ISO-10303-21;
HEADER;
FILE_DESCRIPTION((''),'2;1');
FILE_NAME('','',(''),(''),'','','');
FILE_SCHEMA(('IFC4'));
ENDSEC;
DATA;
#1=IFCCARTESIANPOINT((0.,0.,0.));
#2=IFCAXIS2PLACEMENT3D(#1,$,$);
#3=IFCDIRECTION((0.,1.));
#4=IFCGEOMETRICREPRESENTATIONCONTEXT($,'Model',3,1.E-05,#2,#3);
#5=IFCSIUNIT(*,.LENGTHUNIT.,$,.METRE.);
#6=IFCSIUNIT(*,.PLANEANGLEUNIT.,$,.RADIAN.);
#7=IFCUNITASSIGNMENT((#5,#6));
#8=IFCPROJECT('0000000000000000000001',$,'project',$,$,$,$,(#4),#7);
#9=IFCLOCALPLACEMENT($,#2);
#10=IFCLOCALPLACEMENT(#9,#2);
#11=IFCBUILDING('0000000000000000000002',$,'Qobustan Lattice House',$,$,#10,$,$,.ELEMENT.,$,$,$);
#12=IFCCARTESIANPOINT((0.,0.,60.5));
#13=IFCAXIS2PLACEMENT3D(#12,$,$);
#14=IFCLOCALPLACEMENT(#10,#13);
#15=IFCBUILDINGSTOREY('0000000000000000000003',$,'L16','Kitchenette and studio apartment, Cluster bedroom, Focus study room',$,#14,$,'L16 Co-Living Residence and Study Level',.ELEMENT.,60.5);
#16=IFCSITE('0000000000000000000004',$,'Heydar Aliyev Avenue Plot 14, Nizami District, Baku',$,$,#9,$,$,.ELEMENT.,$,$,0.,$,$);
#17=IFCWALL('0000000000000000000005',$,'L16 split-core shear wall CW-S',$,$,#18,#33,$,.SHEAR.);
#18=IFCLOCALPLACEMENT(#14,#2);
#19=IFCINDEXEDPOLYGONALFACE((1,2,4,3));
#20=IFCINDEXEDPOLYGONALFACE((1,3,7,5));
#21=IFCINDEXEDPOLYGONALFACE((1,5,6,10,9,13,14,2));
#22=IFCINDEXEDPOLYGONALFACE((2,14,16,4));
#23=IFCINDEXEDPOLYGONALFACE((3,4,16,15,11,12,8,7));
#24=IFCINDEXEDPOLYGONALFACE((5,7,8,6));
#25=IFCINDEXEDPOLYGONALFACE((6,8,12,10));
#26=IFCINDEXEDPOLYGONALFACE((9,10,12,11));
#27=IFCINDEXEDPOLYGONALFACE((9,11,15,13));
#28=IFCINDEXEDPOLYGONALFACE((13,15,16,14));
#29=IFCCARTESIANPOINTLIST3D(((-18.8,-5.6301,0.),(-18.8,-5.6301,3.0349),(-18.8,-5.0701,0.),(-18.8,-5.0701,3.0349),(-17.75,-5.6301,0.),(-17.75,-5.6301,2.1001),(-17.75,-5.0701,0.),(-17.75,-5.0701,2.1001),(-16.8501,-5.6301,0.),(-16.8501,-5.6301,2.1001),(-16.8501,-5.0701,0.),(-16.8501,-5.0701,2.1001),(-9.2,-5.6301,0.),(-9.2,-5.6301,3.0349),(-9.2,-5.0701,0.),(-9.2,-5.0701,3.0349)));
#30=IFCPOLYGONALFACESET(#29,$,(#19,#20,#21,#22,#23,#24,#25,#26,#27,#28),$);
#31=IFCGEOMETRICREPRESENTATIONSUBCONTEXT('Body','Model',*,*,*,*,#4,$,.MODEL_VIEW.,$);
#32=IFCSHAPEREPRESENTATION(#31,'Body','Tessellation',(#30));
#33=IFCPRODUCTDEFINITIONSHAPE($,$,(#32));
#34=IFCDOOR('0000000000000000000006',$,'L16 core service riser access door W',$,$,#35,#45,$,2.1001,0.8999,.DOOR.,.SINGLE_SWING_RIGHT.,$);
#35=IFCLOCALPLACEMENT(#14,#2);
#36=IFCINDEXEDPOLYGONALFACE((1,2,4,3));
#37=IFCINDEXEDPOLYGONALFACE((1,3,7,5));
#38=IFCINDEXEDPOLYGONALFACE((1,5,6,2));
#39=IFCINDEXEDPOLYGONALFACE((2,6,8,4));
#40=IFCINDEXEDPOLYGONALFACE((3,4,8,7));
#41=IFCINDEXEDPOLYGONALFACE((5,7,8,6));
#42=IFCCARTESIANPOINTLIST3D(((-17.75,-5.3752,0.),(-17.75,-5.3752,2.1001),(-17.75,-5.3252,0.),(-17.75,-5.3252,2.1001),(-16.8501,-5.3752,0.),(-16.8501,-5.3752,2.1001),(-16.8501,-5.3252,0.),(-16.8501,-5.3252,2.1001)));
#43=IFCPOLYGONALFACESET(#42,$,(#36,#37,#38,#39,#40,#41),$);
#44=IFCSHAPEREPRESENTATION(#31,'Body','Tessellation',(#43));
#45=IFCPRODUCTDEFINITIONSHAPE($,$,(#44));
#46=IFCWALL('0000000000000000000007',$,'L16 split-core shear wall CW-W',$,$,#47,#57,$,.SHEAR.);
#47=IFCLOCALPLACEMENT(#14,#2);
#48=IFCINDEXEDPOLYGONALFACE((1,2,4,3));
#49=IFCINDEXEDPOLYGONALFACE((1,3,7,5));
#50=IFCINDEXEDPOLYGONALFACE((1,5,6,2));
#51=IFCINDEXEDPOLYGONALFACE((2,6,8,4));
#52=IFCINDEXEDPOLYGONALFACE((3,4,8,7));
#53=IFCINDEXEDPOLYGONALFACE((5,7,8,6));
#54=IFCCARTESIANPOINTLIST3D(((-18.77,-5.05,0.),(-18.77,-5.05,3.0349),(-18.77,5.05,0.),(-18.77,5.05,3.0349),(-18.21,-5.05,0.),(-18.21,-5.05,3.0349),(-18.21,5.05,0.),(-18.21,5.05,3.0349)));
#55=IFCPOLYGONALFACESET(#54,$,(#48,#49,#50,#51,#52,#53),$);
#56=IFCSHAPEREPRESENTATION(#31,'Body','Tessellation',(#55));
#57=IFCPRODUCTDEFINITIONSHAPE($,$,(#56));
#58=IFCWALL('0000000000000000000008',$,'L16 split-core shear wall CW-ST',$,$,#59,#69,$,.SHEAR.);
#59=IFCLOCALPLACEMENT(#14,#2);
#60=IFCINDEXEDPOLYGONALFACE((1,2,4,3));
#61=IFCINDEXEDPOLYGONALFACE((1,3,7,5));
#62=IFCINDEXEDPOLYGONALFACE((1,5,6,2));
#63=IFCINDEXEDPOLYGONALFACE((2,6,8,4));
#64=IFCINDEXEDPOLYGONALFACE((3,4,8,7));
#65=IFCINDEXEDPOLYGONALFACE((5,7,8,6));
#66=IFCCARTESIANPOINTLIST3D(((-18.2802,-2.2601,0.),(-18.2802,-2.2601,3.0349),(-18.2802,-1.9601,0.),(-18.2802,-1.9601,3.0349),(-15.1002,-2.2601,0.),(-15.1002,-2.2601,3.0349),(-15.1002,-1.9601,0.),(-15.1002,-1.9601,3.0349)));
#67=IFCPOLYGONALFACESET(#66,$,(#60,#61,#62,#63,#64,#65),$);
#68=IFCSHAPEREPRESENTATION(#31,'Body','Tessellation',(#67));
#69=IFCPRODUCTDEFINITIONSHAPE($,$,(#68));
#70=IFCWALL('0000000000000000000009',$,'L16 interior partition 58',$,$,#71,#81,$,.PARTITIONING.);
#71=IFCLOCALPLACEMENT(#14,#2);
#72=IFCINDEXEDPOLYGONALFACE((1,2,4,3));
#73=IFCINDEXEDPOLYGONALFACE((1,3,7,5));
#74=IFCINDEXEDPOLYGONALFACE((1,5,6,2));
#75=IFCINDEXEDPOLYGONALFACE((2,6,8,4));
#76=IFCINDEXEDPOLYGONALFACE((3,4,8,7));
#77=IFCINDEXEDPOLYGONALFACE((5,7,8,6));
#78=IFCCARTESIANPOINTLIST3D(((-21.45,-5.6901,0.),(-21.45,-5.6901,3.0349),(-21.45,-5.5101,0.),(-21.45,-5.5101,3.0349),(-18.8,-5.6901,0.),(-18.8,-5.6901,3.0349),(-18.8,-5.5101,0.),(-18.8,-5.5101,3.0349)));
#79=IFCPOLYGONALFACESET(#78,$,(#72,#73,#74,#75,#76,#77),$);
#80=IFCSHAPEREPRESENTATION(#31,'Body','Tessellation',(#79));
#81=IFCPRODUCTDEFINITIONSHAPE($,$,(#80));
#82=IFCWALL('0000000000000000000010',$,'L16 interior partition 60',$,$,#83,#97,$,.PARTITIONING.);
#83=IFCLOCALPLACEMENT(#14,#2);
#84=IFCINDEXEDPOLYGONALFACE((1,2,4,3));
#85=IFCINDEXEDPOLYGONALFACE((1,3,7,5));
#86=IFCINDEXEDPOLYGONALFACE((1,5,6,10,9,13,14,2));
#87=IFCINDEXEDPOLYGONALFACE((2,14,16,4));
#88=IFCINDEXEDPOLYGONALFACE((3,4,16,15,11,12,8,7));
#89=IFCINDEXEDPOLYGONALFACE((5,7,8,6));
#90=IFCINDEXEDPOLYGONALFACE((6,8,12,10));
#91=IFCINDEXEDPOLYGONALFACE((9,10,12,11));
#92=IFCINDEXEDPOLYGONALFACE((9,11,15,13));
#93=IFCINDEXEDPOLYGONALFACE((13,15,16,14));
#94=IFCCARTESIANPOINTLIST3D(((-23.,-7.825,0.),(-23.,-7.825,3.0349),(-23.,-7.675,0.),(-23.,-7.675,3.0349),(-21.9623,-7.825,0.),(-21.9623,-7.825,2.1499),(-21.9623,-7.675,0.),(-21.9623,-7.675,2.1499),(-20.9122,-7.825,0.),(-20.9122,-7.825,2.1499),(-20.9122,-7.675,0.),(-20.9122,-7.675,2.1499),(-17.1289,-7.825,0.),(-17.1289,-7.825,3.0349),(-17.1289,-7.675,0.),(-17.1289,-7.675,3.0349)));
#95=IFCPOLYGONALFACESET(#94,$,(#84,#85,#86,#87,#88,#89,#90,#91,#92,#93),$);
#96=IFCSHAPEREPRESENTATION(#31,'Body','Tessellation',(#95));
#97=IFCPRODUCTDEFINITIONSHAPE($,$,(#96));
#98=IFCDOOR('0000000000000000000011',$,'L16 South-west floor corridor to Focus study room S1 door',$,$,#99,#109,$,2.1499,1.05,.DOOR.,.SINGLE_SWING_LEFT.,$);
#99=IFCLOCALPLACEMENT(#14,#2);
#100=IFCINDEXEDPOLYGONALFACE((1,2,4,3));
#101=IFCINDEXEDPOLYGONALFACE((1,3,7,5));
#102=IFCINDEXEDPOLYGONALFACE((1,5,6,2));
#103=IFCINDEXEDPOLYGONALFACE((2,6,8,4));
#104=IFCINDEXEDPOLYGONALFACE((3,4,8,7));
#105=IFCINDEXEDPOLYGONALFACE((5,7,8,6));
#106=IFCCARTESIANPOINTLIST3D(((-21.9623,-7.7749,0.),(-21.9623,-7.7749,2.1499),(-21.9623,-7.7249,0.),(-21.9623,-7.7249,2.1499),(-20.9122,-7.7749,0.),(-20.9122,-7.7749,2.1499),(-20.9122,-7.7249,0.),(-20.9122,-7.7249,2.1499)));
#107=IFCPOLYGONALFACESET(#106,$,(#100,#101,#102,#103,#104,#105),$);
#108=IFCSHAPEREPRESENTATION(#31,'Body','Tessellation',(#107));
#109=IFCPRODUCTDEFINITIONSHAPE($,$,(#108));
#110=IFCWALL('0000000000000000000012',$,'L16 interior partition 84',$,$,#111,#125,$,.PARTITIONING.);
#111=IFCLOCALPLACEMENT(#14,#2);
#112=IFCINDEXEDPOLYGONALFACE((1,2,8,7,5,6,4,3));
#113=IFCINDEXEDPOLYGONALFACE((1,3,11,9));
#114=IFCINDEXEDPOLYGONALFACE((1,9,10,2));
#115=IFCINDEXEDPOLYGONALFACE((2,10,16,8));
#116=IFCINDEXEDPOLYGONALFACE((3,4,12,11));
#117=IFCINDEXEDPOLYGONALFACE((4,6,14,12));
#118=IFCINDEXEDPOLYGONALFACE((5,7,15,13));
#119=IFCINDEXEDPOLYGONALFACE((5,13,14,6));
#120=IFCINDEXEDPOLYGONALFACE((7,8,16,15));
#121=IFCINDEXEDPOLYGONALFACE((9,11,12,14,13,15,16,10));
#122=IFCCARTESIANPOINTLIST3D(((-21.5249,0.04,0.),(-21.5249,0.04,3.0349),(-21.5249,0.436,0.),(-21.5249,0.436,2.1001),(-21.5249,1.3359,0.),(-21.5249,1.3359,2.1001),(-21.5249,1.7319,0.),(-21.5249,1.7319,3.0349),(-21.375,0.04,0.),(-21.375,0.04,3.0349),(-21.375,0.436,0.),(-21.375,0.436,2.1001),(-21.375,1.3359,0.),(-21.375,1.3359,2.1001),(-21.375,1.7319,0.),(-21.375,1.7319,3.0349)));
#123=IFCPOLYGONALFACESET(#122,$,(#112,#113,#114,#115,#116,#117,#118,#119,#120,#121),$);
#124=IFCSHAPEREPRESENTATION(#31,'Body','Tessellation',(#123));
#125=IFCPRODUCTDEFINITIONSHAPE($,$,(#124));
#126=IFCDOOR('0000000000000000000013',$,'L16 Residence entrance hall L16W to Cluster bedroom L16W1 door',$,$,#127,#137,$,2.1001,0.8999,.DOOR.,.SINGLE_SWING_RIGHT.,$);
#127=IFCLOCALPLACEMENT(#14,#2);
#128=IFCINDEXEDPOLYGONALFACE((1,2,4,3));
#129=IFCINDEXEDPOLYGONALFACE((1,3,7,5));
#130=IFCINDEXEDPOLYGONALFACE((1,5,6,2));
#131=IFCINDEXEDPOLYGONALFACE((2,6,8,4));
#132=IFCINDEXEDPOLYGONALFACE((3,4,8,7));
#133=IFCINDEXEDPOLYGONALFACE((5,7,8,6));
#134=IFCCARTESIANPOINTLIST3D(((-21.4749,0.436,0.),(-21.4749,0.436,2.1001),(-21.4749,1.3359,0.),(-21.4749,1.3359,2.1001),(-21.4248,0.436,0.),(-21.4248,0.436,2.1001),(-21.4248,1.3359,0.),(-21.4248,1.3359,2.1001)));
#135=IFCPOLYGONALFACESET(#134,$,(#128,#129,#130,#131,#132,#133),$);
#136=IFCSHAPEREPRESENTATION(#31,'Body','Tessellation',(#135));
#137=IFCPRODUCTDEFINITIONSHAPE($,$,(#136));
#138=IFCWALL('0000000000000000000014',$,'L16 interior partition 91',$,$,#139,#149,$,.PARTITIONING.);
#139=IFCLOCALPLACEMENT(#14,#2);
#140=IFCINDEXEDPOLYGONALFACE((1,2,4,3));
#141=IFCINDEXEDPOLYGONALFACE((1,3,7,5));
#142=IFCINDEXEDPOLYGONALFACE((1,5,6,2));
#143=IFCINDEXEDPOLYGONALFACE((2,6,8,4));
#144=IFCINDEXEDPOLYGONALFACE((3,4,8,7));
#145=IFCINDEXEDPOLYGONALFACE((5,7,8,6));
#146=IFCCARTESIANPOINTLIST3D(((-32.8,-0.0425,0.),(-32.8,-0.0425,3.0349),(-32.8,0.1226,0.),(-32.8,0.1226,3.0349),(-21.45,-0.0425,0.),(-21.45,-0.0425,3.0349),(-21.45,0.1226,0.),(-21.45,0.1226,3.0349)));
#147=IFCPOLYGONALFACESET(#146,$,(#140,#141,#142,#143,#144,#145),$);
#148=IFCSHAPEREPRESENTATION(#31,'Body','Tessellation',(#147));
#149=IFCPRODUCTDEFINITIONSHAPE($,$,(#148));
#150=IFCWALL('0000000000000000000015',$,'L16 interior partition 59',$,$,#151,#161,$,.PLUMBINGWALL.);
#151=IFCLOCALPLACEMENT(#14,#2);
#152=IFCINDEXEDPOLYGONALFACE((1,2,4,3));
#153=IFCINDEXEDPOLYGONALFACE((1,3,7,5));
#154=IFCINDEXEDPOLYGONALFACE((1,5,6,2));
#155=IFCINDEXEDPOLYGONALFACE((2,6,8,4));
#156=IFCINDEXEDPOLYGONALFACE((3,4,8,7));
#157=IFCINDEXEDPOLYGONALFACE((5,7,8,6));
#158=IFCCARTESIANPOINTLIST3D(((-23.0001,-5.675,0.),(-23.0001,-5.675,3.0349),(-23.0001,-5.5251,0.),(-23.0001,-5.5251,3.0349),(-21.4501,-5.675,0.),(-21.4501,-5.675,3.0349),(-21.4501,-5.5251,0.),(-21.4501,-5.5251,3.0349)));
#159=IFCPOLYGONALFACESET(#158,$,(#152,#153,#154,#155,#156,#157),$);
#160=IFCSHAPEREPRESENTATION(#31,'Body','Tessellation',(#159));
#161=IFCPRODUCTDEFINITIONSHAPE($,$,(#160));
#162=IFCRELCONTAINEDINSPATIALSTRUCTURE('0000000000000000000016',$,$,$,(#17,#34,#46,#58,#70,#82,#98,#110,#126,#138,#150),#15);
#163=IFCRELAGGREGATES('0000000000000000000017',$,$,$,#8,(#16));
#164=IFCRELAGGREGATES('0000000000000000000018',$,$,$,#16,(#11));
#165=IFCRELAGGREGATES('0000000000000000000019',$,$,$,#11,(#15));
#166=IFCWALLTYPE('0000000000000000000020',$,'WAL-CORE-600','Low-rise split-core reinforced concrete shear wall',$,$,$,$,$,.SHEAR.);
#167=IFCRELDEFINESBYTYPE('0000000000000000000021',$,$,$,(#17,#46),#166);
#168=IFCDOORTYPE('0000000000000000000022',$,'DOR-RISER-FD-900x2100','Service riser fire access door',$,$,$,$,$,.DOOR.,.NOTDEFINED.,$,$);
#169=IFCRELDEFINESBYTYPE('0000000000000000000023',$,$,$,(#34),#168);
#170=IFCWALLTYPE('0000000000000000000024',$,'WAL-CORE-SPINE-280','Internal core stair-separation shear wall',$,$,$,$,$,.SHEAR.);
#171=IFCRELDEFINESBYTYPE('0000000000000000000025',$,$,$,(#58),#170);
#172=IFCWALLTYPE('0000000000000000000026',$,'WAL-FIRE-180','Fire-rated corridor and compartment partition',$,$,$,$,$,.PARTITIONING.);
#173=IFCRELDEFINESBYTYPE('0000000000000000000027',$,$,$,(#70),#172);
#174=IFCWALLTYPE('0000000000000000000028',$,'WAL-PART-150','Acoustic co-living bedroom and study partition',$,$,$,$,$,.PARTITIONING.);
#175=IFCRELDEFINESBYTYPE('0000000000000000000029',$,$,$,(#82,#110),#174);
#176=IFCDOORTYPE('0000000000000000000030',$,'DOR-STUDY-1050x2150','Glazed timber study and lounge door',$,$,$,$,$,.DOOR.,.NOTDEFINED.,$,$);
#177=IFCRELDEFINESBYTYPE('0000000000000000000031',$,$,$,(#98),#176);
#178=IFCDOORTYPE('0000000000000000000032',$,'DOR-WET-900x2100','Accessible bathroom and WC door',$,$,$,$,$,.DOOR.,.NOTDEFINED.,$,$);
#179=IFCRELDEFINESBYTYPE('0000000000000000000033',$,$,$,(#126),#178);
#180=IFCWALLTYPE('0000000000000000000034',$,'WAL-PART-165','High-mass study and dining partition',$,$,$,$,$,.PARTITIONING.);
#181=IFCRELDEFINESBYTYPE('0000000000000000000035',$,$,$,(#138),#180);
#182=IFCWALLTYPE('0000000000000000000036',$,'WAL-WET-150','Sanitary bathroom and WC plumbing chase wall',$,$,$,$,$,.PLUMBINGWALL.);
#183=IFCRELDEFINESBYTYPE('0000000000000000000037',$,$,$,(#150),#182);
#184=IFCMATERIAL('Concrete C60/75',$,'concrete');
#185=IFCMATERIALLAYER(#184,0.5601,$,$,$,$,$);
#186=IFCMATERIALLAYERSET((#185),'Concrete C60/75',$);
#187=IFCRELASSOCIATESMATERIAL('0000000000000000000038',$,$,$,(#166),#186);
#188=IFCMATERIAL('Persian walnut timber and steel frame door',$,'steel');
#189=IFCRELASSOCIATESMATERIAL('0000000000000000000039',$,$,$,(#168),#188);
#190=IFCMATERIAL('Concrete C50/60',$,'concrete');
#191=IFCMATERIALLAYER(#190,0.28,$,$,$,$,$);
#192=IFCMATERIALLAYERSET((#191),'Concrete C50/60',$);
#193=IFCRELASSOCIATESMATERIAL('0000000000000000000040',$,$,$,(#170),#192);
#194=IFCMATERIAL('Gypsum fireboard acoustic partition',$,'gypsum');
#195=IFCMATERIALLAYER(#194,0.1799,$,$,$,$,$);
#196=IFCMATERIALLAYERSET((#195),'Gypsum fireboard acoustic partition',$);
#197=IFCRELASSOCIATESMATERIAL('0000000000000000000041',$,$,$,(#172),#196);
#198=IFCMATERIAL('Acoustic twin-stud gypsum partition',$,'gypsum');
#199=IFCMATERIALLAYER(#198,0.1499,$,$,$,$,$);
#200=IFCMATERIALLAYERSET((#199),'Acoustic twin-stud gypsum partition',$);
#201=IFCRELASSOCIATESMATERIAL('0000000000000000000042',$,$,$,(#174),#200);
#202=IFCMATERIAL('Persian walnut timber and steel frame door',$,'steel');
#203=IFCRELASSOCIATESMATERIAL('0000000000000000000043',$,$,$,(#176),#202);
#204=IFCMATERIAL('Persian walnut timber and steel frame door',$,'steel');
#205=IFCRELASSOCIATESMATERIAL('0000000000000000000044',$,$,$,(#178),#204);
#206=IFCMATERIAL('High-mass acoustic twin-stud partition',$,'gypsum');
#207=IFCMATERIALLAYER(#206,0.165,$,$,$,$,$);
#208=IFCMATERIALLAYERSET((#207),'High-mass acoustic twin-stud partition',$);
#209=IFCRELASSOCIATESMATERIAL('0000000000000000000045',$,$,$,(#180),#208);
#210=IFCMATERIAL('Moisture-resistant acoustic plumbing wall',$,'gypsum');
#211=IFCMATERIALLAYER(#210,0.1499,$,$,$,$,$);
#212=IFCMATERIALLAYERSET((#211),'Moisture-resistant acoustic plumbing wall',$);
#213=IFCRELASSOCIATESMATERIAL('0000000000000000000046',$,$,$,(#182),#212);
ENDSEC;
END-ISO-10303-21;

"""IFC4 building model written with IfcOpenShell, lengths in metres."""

from ifc_helpers import new_model, si_unit, direction, frame, frame_2d, origin, place, context, subcontext, project, spatial, rectangle, extrude, material, layer, layer_set, type_object, element, fill, save


model = new_model("IFC4")

# Units and contexts
model_context = context("Model", 3, precision=1e-05, world=origin(), true_north=direction((0.0, 1.0)))
body_context = subcontext(model_context, "Body", "Model", "MODEL_VIEW")
ifc_project = project(units=[si_unit("LENGTHUNIT", "METRE"), si_unit("PLANEANGLEUNIT", "RADIAN")], contexts=[model_context])

# Site, building, storey
site_placement = place(None, origin())
site = spatial("IfcSite", under=ifc_project, at=site_placement, Name="Heydar Aliyev Avenue Plot 14, Nizami District, Baku", CompositionType="ELEMENT", RefElevation=0.0)
building_placement = place(site_placement, origin())
building = spatial("IfcBuilding", under=site, at=building_placement, Name="Qobustan Lattice House", CompositionType="ELEMENT")
storey_placement = place(building_placement, frame((0.0, 0.0, 60.5)))
storey = spatial("IfcBuildingStorey", under=building, at=storey_placement, Name="L16", Description="Kitchenette and studio apartment, Cluster bedroom, Focus study room", LongName="L16 Co-Living Residence and Study Level", CompositionType="ELEMENT", Elevation=60.5)

# Wall, opening, door
ifc_material_1 = material(Name="Concrete C60/75", Category="concrete")
ifc_layer_1 = layer(ifc_material_1, 0.5601)
ifc_layer_set_1 = layer_set([ifc_layer_1], Name="Concrete C60/75")
wall_type_1 = type_object("IfcWallType", Name="WAL-CORE-600", Description="Low-rise split-core reinforced concrete shear wall", PredefinedType="SHEAR", material=ifc_layer_set_1)
wall_1_placement = place(storey_placement, frame((-18.8, -5.3501, 0.0), z_axis=(0.0, 0.0, 1.0), x_axis=(1.0, 0.0, 0.0)))
wall_1 = element("IfcWall", 1, at=wall_1_placement, inside=storey, type_object=wall_type_1, Name="L16 split-core shear wall CW-S", PredefinedType="SHEAR", context=body_context, shape_type="SweptSolid", body=[
    extrude(rectangle(XDim=9.6001, YDim=0.5601, at=frame_2d((4.8, 0.0))), origin(), (0.0, 0.0, 1.0), 3.0349),
])
opening_1_placement = place(wall_1_placement, frame((1.05, 0.0, 0.0)))
opening_1 = element("IfcOpeningElement", 2, at=opening_1_placement, cuts=wall_1, PredefinedType="OPENING", context=body_context, shape_type="SweptSolid", body=[
    extrude(rectangle(XDim=0.8999, YDim=2.1001, at=frame_2d((0.45, 1.05))), frame((0.0, 0.29, 0.0), z_axis=(0.0, -1.0, 0.0), x_axis=(1.0, 0.0, 0.0)), (0.0, 0.0, 1.0), 0.5801),
])
ifc_material_2 = material(Name="Persian walnut timber and steel frame door", Category="steel")
door_type_1 = type_object("IfcDoorType", Name="DOR-RISER-FD-900x2100", Description="Service riser fire access door", OperationType="NOTDEFINED", PredefinedType="DOOR", material=ifc_material_2)
door_1_placement = place(opening_1_placement, origin())
door_1 = element("IfcDoor", 3, at=door_1_placement, inside=storey, type_object=door_type_1, Name="L16 core service riser access door W", OperationType="SINGLE_SWING_RIGHT", OverallHeight=2.1001, OverallWidth=0.8999, PredefinedType="DOOR", context=body_context, shape_type="SweptSolid", body=[
    extrude(rectangle(XDim=0.8999, YDim=2.1001, at=frame_2d((0.45, 1.05))), frame((0.0, 0.0249, 0.0), z_axis=(0.0, -1.0, 0.0), x_axis=(1.0, 0.0, 0.0)), (0.0, 0.0, 1.0), 0.05),
])
fill(opening_1, door_1)

# Walls
wall_2_placement = place(storey_placement, frame((-18.49, -5.05, 0.0), z_axis=(0.0, 0.0, 1.0), x_axis=(0.0, 1.0, 0.0)))
element("IfcWall", 4, at=wall_2_placement, inside=storey, type_object=wall_type_1, Name="L16 split-core shear wall CW-W", PredefinedType="SHEAR", context=body_context, shape_type="SweptSolid", body=[
    extrude(rectangle(XDim=10.1001, YDim=0.5601, at=frame_2d((5.05, 0.0))), origin(), (0.0, 0.0, 1.0), 3.0349),
])
ifc_material_3 = material(Name="Concrete C50/60", Category="concrete")
ifc_layer_2 = layer(ifc_material_3, 0.28)
ifc_layer_set_2 = layer_set([ifc_layer_2], Name="Concrete C50/60")
wall_type_2 = type_object("IfcWallType", Name="WAL-CORE-SPINE-280", Description="Internal core stair-separation shear wall", PredefinedType="SHEAR", material=ifc_layer_set_2)
wall_3_placement = place(storey_placement, frame((-18.28, -2.1101, 0.0), z_axis=(0.0, 0.0, 1.0), x_axis=(1.0, 0.0, 0.0)))
element("IfcWall", 5, at=wall_3_placement, inside=storey, type_object=wall_type_2, Name="L16 split-core shear wall CW-ST", PredefinedType="SHEAR", context=body_context, shape_type="SweptSolid", body=[
    extrude(rectangle(XDim=3.1799, YDim=0.3, at=frame_2d((1.5898, 0.0))), origin(), (0.0, 0.0, 1.0), 3.0349),
])
ifc_material_4 = material(Name="Gypsum fireboard acoustic partition", Category="gypsum")
ifc_layer_3 = layer(ifc_material_4, 0.1799)
ifc_layer_set_3 = layer_set([ifc_layer_3], Name="Gypsum fireboard acoustic partition")
wall_type_3 = type_object("IfcWallType", Name="WAL-FIRE-180", Description="Fire-rated corridor and compartment partition", PredefinedType="PARTITIONING", material=ifc_layer_set_3)
wall_4_placement = place(storey_placement, frame((-21.45, -5.6001, 0.0), z_axis=(0.0, 0.0, 1.0), x_axis=(1.0, 0.0, 0.0)))
element("IfcWall", 6, at=wall_4_placement, inside=storey, type_object=wall_type_3, Name="L16 interior partition 58", PredefinedType="PARTITIONING", context=body_context, shape_type="SweptSolid", body=[
    extrude(rectangle(XDim=2.6499, YDim=0.1799, at=frame_2d((1.325, 0.0))), origin(), (0.0, 0.0, 1.0), 3.0349),
])

# Walls, openings, doors
ifc_material_5 = material(Name="Acoustic twin-stud gypsum partition", Category="gypsum")
ifc_layer_4 = layer(ifc_material_5, 0.1499)
ifc_layer_set_4 = layer_set([ifc_layer_4], Name="Acoustic twin-stud gypsum partition")
wall_type_4 = type_object("IfcWallType", Name="WAL-PART-150", Description="Acoustic co-living bedroom and study partition", PredefinedType="PARTITIONING", material=ifc_layer_set_4)
wall_5_placement = place(storey_placement, frame((-17.1289, -7.75, 0.0), z_axis=(0.0, 0.0, 1.0), x_axis=(-1.0, 0.0, 0.0)))
wall_5 = element("IfcWall", 7, at=wall_5_placement, inside=storey, type_object=wall_type_4, Name="L16 interior partition 60", PredefinedType="PARTITIONING", context=body_context, shape_type="SweptSolid", body=[
    extrude(rectangle(XDim=5.8711, YDim=0.1499, at=frame_2d((2.9355, 0.0))), origin(), (0.0, 0.0, 1.0), 3.0349),
])
opening_2_placement = place(wall_5_placement, frame((3.7834, 0.0, 0.0)))
opening_2 = element("IfcOpeningElement", 8, at=opening_2_placement, cuts=wall_5, PredefinedType="OPENING", context=body_context, shape_type="SweptSolid", body=[
    extrude(rectangle(XDim=1.05, YDim=2.1499, at=frame_2d((0.5249, 1.075))), frame((0.0, 0.085, 0.0), z_axis=(0.0, -1.0, 0.0), x_axis=(1.0, 0.0, 0.0)), (0.0, 0.0, 1.0), 0.1699),
])
ifc_material_6 = material(Name="Persian walnut timber and steel frame door", Category="steel")
door_type_2 = type_object("IfcDoorType", Name="DOR-STUDY-1050x2150", Description="Glazed timber study and lounge door", OperationType="NOTDEFINED", PredefinedType="DOOR", material=ifc_material_6)
door_2_placement = place(opening_2_placement, origin())
door_2 = element("IfcDoor", 9, at=door_2_placement, inside=storey, type_object=door_type_2, Name="L16 South-west floor corridor to Focus study room S1 door", OperationType="SINGLE_SWING_LEFT", OverallHeight=2.1499, OverallWidth=1.05, PredefinedType="DOOR", context=body_context, shape_type="SweptSolid", body=[
    extrude(rectangle(XDim=1.05, YDim=2.1499, at=frame_2d((0.5249, 1.075))), frame((0.0, 0.0249, 0.0), z_axis=(0.0, -1.0, 0.0), x_axis=(1.0, 0.0, 0.0)), (0.0, 0.0, 1.0), 0.05),
])
fill(opening_2, door_2)
wall_6_placement = place(storey_placement, frame((-21.45, 0.04, 0.0), z_axis=(0.0, 0.0, 1.0), x_axis=(0.0, 1.0, 0.0)))
wall_6 = element("IfcWall", 10, at=wall_6_placement, inside=storey, type_object=wall_type_4, Name="L16 interior partition 84", PredefinedType="PARTITIONING", context=body_context, shape_type="SweptSolid", body=[
    extrude(rectangle(XDim=1.6919, YDim=0.1499, at=frame_2d((0.8459, 0.0))), origin(), (0.0, 0.0, 1.0), 3.0349),
])
opening_3_placement = place(wall_6_placement, frame((0.396, 0.0, 0.0)))
opening_3 = element("IfcOpeningElement", 11, at=opening_3_placement, cuts=wall_6, PredefinedType="OPENING", context=body_context, shape_type="SweptSolid", body=[
    extrude(rectangle(XDim=0.8999, YDim=2.1001, at=frame_2d((0.45, 1.05))), frame((0.0, 0.085, 0.0), z_axis=(0.0, -1.0, 0.0), x_axis=(1.0, 0.0, 0.0)), (0.0, 0.0, 1.0), 0.1699),
])
ifc_material_7 = material(Name="Persian walnut timber and steel frame door", Category="steel")
door_type_3 = type_object("IfcDoorType", Name="DOR-WET-900x2100", Description="Accessible bathroom and WC door", OperationType="NOTDEFINED", PredefinedType="DOOR", material=ifc_material_7)
door_3_placement = place(opening_3_placement, origin())
door_3 = element("IfcDoor", 12, at=door_3_placement, inside=storey, type_object=door_type_3, Name="L16 Residence entrance hall L16W to Cluster bedroom L16W1 door", OperationType="SINGLE_SWING_RIGHT", OverallHeight=2.1001, OverallWidth=0.8999, PredefinedType="DOOR", context=body_context, shape_type="SweptSolid", body=[
    extrude(rectangle(XDim=0.8999, YDim=2.1001, at=frame_2d((0.45, 1.05))), frame((0.0, 0.0249, 0.0), z_axis=(0.0, -1.0, 0.0), x_axis=(1.0, 0.0, 0.0)), (0.0, 0.0, 1.0), 0.05),
])
fill(opening_3, door_3)
ifc_material_8 = material(Name="High-mass acoustic twin-stud partition", Category="gypsum")
ifc_layer_5 = layer(ifc_material_8, 0.165)
ifc_layer_set_5 = layer_set([ifc_layer_5], Name="High-mass acoustic twin-stud partition")
wall_type_5 = type_object("IfcWallType", Name="WAL-PART-165", Description="High-mass study and dining partition", PredefinedType="PARTITIONING", material=ifc_layer_set_5)

# Walls
wall_7_placement = place(storey_placement, frame((-32.8, 0.04, 0.0), z_axis=(0.0, 0.0, 1.0), x_axis=(1.0, 0.0, 0.0)))
element("IfcWall", 13, at=wall_7_placement, inside=storey, type_object=wall_type_5, Name="L16 interior partition 91", PredefinedType="PARTITIONING", context=body_context, shape_type="SweptSolid", body=[
    extrude(rectangle(XDim=11.3501, YDim=0.165, at=frame_2d((5.675, 0.0))), origin(), (0.0, 0.0, 1.0), 3.0349),
])
ifc_material_9 = material(Name="Moisture-resistant acoustic plumbing wall", Category="gypsum")
ifc_layer_6 = layer(ifc_material_9, 0.1499)
ifc_layer_set_6 = layer_set([ifc_layer_6], Name="Moisture-resistant acoustic plumbing wall")
wall_type_6 = type_object("IfcWallType", Name="WAL-WET-150", Description="Sanitary bathroom and WC plumbing chase wall", PredefinedType="PLUMBINGWALL", material=ifc_layer_set_6)
wall_8_placement = place(storey_placement, frame((-23.0, -5.6001, 0.0), z_axis=(0.0, 0.0, 1.0), x_axis=(1.0, 0.0, 0.0)))
element("IfcWall", 14, at=wall_8_placement, inside=storey, type_object=wall_type_6, Name="L16 interior partition 59", PredefinedType="PLUMBINGWALL", context=body_context, shape_type="SweptSolid", body=[
    extrude(rectangle(XDim=1.55, YDim=0.1499, at=frame_2d((0.7749, 0.0))), origin(), (0.0, 0.0, 1.0), 3.0349),
])

save(model, "model.ifc")
